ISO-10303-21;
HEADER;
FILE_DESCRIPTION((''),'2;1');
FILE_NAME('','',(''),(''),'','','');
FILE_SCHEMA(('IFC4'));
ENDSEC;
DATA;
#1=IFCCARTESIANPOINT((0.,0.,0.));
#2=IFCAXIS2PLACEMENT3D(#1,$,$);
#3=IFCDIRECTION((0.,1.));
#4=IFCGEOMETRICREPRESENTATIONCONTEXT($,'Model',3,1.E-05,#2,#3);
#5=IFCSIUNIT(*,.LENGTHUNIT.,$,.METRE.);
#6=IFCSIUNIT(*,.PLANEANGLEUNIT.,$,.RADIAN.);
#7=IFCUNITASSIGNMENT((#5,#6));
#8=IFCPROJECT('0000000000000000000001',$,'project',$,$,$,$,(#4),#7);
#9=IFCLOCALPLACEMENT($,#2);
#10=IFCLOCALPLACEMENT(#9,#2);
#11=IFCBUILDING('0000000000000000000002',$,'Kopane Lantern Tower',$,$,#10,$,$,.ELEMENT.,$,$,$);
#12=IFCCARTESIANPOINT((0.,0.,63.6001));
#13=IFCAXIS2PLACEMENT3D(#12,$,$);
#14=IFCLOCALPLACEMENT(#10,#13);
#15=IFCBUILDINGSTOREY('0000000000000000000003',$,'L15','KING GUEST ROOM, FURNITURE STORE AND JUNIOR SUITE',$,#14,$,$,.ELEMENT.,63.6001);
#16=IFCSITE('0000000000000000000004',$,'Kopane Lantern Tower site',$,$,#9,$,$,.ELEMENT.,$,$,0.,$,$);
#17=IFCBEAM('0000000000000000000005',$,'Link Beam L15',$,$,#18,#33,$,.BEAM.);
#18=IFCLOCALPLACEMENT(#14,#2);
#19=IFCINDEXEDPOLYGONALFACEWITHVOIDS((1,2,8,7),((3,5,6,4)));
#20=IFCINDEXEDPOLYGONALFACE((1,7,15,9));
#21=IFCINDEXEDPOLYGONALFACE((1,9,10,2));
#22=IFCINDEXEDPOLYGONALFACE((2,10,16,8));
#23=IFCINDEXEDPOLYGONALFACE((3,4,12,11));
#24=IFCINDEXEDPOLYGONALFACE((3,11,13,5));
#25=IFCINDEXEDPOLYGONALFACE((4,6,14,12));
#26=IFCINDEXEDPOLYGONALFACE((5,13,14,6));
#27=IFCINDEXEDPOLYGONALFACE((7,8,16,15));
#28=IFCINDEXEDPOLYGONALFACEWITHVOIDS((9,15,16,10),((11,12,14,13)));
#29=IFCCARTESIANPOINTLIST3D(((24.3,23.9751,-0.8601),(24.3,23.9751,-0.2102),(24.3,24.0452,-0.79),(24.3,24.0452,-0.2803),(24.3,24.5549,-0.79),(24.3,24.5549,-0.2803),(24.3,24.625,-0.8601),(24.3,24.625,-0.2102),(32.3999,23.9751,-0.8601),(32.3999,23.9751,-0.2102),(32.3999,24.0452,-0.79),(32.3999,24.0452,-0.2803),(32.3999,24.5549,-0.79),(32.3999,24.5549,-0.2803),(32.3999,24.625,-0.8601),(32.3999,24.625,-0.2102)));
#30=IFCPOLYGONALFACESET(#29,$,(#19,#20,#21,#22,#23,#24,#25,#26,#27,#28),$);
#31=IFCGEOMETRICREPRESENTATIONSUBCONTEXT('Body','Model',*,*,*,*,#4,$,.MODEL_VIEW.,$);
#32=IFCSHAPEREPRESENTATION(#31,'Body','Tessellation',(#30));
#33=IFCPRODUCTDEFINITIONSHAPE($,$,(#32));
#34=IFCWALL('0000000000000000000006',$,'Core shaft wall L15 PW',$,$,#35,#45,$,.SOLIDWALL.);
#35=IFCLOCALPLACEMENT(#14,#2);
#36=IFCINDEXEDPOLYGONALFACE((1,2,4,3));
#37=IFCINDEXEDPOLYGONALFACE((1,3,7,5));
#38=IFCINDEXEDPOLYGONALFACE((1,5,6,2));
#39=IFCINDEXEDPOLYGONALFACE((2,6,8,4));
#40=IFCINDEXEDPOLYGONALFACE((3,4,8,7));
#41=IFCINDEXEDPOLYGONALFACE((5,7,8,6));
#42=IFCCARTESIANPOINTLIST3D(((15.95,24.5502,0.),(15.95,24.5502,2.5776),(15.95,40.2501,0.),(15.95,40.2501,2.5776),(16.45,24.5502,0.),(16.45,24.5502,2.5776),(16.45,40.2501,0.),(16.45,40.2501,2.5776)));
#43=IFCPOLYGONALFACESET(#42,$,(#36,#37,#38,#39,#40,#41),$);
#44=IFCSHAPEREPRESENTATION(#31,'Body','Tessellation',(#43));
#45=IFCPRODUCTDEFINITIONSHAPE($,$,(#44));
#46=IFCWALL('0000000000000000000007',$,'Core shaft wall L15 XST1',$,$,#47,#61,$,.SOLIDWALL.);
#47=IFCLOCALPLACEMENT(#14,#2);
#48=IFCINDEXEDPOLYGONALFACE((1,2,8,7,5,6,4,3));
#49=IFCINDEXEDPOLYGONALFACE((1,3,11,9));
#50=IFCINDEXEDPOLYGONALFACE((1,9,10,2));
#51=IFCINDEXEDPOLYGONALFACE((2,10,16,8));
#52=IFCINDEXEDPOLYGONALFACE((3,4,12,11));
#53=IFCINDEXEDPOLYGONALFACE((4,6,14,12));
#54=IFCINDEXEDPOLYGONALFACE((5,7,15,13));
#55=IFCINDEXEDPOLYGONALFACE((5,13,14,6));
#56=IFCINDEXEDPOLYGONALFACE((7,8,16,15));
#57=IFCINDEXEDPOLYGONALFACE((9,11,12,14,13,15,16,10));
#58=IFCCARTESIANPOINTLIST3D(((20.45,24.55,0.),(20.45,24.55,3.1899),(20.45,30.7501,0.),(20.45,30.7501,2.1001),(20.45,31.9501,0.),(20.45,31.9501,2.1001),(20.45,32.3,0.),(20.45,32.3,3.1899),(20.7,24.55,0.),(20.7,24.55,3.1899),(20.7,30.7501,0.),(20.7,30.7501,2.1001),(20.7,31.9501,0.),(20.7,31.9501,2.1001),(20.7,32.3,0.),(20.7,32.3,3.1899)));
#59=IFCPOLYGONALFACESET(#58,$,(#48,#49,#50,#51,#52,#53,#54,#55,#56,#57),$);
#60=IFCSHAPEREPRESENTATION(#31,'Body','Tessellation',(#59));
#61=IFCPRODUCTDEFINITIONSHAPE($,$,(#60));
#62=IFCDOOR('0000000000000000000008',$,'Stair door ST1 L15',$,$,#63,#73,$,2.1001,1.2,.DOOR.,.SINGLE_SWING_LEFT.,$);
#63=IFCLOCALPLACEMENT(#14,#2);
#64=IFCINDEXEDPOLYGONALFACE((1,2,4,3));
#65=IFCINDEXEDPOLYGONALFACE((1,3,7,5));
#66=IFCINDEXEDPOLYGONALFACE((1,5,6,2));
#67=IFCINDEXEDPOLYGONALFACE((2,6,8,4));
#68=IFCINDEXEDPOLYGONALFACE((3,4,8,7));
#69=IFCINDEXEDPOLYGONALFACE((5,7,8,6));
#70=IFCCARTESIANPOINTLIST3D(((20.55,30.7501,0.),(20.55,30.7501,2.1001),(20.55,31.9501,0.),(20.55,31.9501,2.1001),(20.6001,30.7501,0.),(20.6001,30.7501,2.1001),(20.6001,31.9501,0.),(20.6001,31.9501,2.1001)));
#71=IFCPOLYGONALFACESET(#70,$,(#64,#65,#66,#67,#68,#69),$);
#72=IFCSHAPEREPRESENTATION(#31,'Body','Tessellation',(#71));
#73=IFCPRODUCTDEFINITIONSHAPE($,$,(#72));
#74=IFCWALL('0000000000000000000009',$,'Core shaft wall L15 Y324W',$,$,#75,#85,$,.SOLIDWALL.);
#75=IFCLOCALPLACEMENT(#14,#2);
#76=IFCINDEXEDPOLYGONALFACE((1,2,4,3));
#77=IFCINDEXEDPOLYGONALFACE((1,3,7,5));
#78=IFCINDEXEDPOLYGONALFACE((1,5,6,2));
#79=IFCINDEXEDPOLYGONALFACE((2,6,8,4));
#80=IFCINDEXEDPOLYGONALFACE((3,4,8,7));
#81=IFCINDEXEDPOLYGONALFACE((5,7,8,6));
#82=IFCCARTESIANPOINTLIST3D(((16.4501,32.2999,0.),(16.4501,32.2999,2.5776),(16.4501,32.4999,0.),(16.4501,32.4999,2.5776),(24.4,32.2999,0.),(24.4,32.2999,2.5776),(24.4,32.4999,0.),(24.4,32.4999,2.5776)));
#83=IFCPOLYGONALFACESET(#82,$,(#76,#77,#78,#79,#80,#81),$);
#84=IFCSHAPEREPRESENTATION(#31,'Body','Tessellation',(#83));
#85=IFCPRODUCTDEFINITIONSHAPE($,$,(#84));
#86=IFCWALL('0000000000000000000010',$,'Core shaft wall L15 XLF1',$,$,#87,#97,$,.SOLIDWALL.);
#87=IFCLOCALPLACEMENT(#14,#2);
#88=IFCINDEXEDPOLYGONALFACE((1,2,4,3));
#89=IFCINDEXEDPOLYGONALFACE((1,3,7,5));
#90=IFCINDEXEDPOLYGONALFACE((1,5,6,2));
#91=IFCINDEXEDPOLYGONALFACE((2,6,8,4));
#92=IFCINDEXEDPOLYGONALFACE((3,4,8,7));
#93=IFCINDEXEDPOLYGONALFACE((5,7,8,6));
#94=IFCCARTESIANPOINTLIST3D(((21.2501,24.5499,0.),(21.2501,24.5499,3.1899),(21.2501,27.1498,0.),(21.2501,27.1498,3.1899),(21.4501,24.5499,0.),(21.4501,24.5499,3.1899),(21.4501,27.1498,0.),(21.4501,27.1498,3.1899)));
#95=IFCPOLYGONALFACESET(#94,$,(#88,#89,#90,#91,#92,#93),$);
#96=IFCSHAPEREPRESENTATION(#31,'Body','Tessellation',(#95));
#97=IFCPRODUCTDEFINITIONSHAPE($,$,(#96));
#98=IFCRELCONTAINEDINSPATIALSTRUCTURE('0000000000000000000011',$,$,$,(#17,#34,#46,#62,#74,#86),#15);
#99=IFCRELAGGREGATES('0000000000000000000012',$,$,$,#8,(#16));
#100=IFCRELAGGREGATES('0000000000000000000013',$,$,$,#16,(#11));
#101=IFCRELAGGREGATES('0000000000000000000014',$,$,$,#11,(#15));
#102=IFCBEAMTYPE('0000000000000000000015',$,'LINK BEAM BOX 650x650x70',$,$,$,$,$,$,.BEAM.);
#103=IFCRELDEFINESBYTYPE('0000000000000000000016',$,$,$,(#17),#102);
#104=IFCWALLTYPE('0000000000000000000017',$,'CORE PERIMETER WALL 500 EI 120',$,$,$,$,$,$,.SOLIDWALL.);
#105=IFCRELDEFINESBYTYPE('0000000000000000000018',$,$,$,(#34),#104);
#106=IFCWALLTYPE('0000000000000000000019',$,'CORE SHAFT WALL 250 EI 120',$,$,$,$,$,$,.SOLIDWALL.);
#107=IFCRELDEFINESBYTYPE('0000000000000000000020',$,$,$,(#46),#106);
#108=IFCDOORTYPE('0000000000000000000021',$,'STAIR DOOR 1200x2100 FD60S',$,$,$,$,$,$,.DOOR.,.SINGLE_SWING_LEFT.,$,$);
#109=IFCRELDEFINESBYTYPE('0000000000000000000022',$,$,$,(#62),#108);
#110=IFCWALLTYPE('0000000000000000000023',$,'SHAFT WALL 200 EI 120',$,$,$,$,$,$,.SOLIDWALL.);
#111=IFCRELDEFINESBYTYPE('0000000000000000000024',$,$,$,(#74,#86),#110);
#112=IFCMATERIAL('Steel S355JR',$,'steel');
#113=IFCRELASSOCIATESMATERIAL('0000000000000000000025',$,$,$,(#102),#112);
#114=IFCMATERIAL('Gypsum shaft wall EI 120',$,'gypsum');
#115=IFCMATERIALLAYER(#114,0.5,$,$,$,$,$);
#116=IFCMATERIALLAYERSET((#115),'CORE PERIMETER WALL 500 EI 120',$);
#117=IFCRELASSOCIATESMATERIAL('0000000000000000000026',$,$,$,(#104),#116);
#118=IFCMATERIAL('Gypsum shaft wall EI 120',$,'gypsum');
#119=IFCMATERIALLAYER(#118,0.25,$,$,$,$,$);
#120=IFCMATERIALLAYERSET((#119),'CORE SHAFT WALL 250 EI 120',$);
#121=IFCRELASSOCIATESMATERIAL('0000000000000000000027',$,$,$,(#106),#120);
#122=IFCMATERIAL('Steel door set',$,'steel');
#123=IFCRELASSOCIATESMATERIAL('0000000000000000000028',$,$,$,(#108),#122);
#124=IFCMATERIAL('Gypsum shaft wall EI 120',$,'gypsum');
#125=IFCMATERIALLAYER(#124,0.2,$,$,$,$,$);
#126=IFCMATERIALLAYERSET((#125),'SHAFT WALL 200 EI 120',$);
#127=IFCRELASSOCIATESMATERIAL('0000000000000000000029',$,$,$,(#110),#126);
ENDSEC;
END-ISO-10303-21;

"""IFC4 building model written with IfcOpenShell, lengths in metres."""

from ifc_helpers import new_model, si_unit, direction, frame, frame_2d, origin, origin_2d, place, context, subcontext, project, spatial, rectangle, hollow_rectangle, extrude, material, layer, layer_set, material_profile, profile_set, type_object, element, fill, save


model = new_model("IFC4")

# Units and contexts
model_context = context("Model", 3, precision=1e-05, world=origin(), true_north=direction((0.0, 1.0)))
body_context = subcontext(model_context, "Body", "Model", "MODEL_VIEW")
ifc_project = project(units=[si_unit("LENGTHUNIT", "METRE"), si_unit("PLANEANGLEUNIT", "RADIAN")], contexts=[model_context])

# Site, building, storey
site_placement = place(None, origin())
site = spatial("IfcSite", under=ifc_project, at=site_placement, Name="Kopane Lantern Tower site", CompositionType="ELEMENT", RefElevation=0.0)
building_placement = place(site_placement, origin())
building = spatial("IfcBuilding", under=site, at=building_placement, Name="Kopane Lantern Tower", CompositionType="ELEMENT")
storey_placement = place(building_placement, frame((0.0, 0.0, 63.6001)))
storey = spatial("IfcBuildingStorey", under=building, at=storey_placement, Name="L15", Description="KING GUEST ROOM, FURNITURE STORE AND JUNIOR SUITE", CompositionType="ELEMENT", Elevation=63.6001)

# Beam
ifc_material_1 = material(Name="Steel S355JR", Category="steel")
ifc_material_profile_1 = material_profile(ifc_material_1, hollow_rectangle(XDim=0.6499, YDim=0.6499, WallThickness=0.0701, at=origin_2d()), Name="BOX 650x650x70")
ifc_profile_set_1 = profile_set([ifc_material_profile_1], Name="Steel S355JR")
beam_type_1 = type_object("IfcBeamType", Name="LINK BEAM BOX 650x650x70", PredefinedType="BEAM", material=ifc_profile_set_1)
beam_1_placement = place(storey_placement, frame((24.3, 24.3, -0.5352), z_axis=(1.0, 0.0, 0.0), x_axis=(0.0, 1.0, 0.0)))
element("IfcBeam", 1, at=beam_1_placement, inside=storey, type_object=beam_type_1, Name="Link Beam L15", PredefinedType="BEAM", context=body_context, shape_type="SweptSolid", body=[
    extrude(hollow_rectangle(XDim=0.6499, YDim=0.6499, WallThickness=0.0701, at=origin_2d()), origin(), (0.0, 0.0, 1.0), 8.0999),
])

# Wall
ifc_material_2 = material(Name="Gypsum shaft wall EI 120", Category="gypsum")
ifc_layer_1 = layer(ifc_material_2, 0.5)
ifc_layer_set_1 = layer_set([ifc_layer_1], Name="CORE PERIMETER WALL 500 EI 120")
wall_type_1 = type_object("IfcWallType", Name="CORE PERIMETER WALL 500 EI 120", PredefinedType="SOLIDWALL", material=ifc_layer_set_1)
wall_1_placement = place(storey_placement, frame((16.2, 24.55, 0.0), z_axis=(0.0, 0.0, 1.0), x_axis=(0.0, 1.0, 0.0)))
element("IfcWall", 2, at=wall_1_placement, inside=storey, type_object=wall_type_1, Name="Core shaft wall L15 PW", PredefinedType="SOLIDWALL", context=body_context, shape_type="SweptSolid", body=[
    extrude(rectangle(XDim=15.7, YDim=0.5, at=frame_2d((7.8501, 0.0))), origin(), (0.0, 0.0, 1.0), 2.5776),
])

# Wall, opening, door
ifc_material_3 = material(Name="Gypsum shaft wall EI 120", Category="gypsum")
ifc_layer_2 = layer(ifc_material_3, 0.25)
ifc_layer_set_2 = layer_set([ifc_layer_2], Name="CORE SHAFT WALL 250 EI 120")
wall_type_2 = type_object("IfcWallType", Name="CORE SHAFT WALL 250 EI 120", PredefinedType="SOLIDWALL", material=ifc_layer_set_2)
wall_2_placement = place(storey_placement, frame((20.575, 24.55, 0.0), z_axis=(0.0, 0.0, 1.0), x_axis=(0.0, 1.0, 0.0)))
wall_2 = element("IfcWall", 3, at=wall_2_placement, inside=storey, type_object=wall_type_2, Name="Core shaft wall L15 XST1", PredefinedType="SOLIDWALL", context=body_context, shape_type="SweptSolid", body=[
    extrude(rectangle(XDim=7.75, YDim=0.25, at=frame_2d((3.875, 0.0))), origin(), (0.0, 0.0, 1.0), 3.1899),
])
opening_1_placement = place(wall_2_placement, frame((6.2, 0.0, 0.0)))
opening_1 = element("IfcOpeningElement", 4, at=opening_1_placement, cuts=wall_2, PredefinedType="OPENING", context=body_context, shape_type="SweptSolid", body=[
    extrude(rectangle(XDim=1.2, YDim=2.1001, at=frame_2d((0.6001, 1.05))), frame((0.0, 0.135, 0.0), z_axis=(0.0, -1.0, 0.0), x_axis=(1.0, 0.0, 0.0)), (0.0, 0.0, 1.0), 0.27),
])
ifc_material_4 = material(Name="Steel door set", Category="steel")
door_type_1 = type_object("IfcDoorType", Name="STAIR DOOR 1200x2100 FD60S", OperationType="SINGLE_SWING_LEFT", PredefinedType="DOOR", material=ifc_material_4)
door_1_placement = place(opening_1_placement, origin())
door_1 = element("IfcDoor", 5, at=door_1_placement, inside=storey, type_object=door_type_1, Name="Stair door ST1 L15", OperationType="SINGLE_SWING_LEFT", OverallHeight=2.1001, OverallWidth=1.2, PredefinedType="DOOR", context=body_context, shape_type="SweptSolid", body=[
    extrude(rectangle(XDim=1.2, YDim=2.1001, at=frame_2d((0.6001, 1.05))), frame((0.0, 0.0249, 0.0), z_axis=(0.0, -1.0, 0.0), x_axis=(1.0, 0.0, 0.0)), (0.0, 0.0, 1.0), 0.05),
])
fill(opening_1, door_1)

# Walls
ifc_material_5 = material(Name="Gypsum shaft wall EI 120", Category="gypsum")
ifc_layer_3 = layer(ifc_material_5, 0.2)
ifc_layer_set_3 = layer_set([ifc_layer_3], Name="SHAFT WALL 200 EI 120")
wall_type_3 = type_object("IfcWallType", Name="SHAFT WALL 200 EI 120", PredefinedType="SOLIDWALL", material=ifc_layer_set_3)
wall_3_placement = place(storey_placement, frame((16.45, 32.3999, 0.0), z_axis=(0.0, 0.0, 1.0), x_axis=(1.0, 0.0, 0.0)))
element("IfcWall", 6, at=wall_3_placement, inside=storey, type_object=wall_type_3, Name="Core shaft wall L15 Y324W", PredefinedType="SOLIDWALL", context=body_context, shape_type="SweptSolid", body=[
    extrude(rectangle(XDim=7.95, YDim=0.2, at=frame_2d((3.9751, 0.0))), origin(), (0.0, 0.0, 1.0), 2.5776),
])
wall_4_placement = place(storey_placement, frame((21.3501, 24.55, 0.0), z_axis=(0.0, 0.0, 1.0), x_axis=(0.0, 1.0, 0.0)))
element("IfcWall", 7, at=wall_4_placement, inside=storey, type_object=wall_type_3, Name="Core shaft wall L15 XLF1", PredefinedType="SOLIDWALL", context=body_context, shape_type="SweptSolid", body=[
    extrude(rectangle(XDim=2.5999, YDim=0.2, at=frame_2d((1.2998, 0.0))), origin(), (0.0, 0.0, 1.0), 3.1899),
])

save(model, "model.ifc")
